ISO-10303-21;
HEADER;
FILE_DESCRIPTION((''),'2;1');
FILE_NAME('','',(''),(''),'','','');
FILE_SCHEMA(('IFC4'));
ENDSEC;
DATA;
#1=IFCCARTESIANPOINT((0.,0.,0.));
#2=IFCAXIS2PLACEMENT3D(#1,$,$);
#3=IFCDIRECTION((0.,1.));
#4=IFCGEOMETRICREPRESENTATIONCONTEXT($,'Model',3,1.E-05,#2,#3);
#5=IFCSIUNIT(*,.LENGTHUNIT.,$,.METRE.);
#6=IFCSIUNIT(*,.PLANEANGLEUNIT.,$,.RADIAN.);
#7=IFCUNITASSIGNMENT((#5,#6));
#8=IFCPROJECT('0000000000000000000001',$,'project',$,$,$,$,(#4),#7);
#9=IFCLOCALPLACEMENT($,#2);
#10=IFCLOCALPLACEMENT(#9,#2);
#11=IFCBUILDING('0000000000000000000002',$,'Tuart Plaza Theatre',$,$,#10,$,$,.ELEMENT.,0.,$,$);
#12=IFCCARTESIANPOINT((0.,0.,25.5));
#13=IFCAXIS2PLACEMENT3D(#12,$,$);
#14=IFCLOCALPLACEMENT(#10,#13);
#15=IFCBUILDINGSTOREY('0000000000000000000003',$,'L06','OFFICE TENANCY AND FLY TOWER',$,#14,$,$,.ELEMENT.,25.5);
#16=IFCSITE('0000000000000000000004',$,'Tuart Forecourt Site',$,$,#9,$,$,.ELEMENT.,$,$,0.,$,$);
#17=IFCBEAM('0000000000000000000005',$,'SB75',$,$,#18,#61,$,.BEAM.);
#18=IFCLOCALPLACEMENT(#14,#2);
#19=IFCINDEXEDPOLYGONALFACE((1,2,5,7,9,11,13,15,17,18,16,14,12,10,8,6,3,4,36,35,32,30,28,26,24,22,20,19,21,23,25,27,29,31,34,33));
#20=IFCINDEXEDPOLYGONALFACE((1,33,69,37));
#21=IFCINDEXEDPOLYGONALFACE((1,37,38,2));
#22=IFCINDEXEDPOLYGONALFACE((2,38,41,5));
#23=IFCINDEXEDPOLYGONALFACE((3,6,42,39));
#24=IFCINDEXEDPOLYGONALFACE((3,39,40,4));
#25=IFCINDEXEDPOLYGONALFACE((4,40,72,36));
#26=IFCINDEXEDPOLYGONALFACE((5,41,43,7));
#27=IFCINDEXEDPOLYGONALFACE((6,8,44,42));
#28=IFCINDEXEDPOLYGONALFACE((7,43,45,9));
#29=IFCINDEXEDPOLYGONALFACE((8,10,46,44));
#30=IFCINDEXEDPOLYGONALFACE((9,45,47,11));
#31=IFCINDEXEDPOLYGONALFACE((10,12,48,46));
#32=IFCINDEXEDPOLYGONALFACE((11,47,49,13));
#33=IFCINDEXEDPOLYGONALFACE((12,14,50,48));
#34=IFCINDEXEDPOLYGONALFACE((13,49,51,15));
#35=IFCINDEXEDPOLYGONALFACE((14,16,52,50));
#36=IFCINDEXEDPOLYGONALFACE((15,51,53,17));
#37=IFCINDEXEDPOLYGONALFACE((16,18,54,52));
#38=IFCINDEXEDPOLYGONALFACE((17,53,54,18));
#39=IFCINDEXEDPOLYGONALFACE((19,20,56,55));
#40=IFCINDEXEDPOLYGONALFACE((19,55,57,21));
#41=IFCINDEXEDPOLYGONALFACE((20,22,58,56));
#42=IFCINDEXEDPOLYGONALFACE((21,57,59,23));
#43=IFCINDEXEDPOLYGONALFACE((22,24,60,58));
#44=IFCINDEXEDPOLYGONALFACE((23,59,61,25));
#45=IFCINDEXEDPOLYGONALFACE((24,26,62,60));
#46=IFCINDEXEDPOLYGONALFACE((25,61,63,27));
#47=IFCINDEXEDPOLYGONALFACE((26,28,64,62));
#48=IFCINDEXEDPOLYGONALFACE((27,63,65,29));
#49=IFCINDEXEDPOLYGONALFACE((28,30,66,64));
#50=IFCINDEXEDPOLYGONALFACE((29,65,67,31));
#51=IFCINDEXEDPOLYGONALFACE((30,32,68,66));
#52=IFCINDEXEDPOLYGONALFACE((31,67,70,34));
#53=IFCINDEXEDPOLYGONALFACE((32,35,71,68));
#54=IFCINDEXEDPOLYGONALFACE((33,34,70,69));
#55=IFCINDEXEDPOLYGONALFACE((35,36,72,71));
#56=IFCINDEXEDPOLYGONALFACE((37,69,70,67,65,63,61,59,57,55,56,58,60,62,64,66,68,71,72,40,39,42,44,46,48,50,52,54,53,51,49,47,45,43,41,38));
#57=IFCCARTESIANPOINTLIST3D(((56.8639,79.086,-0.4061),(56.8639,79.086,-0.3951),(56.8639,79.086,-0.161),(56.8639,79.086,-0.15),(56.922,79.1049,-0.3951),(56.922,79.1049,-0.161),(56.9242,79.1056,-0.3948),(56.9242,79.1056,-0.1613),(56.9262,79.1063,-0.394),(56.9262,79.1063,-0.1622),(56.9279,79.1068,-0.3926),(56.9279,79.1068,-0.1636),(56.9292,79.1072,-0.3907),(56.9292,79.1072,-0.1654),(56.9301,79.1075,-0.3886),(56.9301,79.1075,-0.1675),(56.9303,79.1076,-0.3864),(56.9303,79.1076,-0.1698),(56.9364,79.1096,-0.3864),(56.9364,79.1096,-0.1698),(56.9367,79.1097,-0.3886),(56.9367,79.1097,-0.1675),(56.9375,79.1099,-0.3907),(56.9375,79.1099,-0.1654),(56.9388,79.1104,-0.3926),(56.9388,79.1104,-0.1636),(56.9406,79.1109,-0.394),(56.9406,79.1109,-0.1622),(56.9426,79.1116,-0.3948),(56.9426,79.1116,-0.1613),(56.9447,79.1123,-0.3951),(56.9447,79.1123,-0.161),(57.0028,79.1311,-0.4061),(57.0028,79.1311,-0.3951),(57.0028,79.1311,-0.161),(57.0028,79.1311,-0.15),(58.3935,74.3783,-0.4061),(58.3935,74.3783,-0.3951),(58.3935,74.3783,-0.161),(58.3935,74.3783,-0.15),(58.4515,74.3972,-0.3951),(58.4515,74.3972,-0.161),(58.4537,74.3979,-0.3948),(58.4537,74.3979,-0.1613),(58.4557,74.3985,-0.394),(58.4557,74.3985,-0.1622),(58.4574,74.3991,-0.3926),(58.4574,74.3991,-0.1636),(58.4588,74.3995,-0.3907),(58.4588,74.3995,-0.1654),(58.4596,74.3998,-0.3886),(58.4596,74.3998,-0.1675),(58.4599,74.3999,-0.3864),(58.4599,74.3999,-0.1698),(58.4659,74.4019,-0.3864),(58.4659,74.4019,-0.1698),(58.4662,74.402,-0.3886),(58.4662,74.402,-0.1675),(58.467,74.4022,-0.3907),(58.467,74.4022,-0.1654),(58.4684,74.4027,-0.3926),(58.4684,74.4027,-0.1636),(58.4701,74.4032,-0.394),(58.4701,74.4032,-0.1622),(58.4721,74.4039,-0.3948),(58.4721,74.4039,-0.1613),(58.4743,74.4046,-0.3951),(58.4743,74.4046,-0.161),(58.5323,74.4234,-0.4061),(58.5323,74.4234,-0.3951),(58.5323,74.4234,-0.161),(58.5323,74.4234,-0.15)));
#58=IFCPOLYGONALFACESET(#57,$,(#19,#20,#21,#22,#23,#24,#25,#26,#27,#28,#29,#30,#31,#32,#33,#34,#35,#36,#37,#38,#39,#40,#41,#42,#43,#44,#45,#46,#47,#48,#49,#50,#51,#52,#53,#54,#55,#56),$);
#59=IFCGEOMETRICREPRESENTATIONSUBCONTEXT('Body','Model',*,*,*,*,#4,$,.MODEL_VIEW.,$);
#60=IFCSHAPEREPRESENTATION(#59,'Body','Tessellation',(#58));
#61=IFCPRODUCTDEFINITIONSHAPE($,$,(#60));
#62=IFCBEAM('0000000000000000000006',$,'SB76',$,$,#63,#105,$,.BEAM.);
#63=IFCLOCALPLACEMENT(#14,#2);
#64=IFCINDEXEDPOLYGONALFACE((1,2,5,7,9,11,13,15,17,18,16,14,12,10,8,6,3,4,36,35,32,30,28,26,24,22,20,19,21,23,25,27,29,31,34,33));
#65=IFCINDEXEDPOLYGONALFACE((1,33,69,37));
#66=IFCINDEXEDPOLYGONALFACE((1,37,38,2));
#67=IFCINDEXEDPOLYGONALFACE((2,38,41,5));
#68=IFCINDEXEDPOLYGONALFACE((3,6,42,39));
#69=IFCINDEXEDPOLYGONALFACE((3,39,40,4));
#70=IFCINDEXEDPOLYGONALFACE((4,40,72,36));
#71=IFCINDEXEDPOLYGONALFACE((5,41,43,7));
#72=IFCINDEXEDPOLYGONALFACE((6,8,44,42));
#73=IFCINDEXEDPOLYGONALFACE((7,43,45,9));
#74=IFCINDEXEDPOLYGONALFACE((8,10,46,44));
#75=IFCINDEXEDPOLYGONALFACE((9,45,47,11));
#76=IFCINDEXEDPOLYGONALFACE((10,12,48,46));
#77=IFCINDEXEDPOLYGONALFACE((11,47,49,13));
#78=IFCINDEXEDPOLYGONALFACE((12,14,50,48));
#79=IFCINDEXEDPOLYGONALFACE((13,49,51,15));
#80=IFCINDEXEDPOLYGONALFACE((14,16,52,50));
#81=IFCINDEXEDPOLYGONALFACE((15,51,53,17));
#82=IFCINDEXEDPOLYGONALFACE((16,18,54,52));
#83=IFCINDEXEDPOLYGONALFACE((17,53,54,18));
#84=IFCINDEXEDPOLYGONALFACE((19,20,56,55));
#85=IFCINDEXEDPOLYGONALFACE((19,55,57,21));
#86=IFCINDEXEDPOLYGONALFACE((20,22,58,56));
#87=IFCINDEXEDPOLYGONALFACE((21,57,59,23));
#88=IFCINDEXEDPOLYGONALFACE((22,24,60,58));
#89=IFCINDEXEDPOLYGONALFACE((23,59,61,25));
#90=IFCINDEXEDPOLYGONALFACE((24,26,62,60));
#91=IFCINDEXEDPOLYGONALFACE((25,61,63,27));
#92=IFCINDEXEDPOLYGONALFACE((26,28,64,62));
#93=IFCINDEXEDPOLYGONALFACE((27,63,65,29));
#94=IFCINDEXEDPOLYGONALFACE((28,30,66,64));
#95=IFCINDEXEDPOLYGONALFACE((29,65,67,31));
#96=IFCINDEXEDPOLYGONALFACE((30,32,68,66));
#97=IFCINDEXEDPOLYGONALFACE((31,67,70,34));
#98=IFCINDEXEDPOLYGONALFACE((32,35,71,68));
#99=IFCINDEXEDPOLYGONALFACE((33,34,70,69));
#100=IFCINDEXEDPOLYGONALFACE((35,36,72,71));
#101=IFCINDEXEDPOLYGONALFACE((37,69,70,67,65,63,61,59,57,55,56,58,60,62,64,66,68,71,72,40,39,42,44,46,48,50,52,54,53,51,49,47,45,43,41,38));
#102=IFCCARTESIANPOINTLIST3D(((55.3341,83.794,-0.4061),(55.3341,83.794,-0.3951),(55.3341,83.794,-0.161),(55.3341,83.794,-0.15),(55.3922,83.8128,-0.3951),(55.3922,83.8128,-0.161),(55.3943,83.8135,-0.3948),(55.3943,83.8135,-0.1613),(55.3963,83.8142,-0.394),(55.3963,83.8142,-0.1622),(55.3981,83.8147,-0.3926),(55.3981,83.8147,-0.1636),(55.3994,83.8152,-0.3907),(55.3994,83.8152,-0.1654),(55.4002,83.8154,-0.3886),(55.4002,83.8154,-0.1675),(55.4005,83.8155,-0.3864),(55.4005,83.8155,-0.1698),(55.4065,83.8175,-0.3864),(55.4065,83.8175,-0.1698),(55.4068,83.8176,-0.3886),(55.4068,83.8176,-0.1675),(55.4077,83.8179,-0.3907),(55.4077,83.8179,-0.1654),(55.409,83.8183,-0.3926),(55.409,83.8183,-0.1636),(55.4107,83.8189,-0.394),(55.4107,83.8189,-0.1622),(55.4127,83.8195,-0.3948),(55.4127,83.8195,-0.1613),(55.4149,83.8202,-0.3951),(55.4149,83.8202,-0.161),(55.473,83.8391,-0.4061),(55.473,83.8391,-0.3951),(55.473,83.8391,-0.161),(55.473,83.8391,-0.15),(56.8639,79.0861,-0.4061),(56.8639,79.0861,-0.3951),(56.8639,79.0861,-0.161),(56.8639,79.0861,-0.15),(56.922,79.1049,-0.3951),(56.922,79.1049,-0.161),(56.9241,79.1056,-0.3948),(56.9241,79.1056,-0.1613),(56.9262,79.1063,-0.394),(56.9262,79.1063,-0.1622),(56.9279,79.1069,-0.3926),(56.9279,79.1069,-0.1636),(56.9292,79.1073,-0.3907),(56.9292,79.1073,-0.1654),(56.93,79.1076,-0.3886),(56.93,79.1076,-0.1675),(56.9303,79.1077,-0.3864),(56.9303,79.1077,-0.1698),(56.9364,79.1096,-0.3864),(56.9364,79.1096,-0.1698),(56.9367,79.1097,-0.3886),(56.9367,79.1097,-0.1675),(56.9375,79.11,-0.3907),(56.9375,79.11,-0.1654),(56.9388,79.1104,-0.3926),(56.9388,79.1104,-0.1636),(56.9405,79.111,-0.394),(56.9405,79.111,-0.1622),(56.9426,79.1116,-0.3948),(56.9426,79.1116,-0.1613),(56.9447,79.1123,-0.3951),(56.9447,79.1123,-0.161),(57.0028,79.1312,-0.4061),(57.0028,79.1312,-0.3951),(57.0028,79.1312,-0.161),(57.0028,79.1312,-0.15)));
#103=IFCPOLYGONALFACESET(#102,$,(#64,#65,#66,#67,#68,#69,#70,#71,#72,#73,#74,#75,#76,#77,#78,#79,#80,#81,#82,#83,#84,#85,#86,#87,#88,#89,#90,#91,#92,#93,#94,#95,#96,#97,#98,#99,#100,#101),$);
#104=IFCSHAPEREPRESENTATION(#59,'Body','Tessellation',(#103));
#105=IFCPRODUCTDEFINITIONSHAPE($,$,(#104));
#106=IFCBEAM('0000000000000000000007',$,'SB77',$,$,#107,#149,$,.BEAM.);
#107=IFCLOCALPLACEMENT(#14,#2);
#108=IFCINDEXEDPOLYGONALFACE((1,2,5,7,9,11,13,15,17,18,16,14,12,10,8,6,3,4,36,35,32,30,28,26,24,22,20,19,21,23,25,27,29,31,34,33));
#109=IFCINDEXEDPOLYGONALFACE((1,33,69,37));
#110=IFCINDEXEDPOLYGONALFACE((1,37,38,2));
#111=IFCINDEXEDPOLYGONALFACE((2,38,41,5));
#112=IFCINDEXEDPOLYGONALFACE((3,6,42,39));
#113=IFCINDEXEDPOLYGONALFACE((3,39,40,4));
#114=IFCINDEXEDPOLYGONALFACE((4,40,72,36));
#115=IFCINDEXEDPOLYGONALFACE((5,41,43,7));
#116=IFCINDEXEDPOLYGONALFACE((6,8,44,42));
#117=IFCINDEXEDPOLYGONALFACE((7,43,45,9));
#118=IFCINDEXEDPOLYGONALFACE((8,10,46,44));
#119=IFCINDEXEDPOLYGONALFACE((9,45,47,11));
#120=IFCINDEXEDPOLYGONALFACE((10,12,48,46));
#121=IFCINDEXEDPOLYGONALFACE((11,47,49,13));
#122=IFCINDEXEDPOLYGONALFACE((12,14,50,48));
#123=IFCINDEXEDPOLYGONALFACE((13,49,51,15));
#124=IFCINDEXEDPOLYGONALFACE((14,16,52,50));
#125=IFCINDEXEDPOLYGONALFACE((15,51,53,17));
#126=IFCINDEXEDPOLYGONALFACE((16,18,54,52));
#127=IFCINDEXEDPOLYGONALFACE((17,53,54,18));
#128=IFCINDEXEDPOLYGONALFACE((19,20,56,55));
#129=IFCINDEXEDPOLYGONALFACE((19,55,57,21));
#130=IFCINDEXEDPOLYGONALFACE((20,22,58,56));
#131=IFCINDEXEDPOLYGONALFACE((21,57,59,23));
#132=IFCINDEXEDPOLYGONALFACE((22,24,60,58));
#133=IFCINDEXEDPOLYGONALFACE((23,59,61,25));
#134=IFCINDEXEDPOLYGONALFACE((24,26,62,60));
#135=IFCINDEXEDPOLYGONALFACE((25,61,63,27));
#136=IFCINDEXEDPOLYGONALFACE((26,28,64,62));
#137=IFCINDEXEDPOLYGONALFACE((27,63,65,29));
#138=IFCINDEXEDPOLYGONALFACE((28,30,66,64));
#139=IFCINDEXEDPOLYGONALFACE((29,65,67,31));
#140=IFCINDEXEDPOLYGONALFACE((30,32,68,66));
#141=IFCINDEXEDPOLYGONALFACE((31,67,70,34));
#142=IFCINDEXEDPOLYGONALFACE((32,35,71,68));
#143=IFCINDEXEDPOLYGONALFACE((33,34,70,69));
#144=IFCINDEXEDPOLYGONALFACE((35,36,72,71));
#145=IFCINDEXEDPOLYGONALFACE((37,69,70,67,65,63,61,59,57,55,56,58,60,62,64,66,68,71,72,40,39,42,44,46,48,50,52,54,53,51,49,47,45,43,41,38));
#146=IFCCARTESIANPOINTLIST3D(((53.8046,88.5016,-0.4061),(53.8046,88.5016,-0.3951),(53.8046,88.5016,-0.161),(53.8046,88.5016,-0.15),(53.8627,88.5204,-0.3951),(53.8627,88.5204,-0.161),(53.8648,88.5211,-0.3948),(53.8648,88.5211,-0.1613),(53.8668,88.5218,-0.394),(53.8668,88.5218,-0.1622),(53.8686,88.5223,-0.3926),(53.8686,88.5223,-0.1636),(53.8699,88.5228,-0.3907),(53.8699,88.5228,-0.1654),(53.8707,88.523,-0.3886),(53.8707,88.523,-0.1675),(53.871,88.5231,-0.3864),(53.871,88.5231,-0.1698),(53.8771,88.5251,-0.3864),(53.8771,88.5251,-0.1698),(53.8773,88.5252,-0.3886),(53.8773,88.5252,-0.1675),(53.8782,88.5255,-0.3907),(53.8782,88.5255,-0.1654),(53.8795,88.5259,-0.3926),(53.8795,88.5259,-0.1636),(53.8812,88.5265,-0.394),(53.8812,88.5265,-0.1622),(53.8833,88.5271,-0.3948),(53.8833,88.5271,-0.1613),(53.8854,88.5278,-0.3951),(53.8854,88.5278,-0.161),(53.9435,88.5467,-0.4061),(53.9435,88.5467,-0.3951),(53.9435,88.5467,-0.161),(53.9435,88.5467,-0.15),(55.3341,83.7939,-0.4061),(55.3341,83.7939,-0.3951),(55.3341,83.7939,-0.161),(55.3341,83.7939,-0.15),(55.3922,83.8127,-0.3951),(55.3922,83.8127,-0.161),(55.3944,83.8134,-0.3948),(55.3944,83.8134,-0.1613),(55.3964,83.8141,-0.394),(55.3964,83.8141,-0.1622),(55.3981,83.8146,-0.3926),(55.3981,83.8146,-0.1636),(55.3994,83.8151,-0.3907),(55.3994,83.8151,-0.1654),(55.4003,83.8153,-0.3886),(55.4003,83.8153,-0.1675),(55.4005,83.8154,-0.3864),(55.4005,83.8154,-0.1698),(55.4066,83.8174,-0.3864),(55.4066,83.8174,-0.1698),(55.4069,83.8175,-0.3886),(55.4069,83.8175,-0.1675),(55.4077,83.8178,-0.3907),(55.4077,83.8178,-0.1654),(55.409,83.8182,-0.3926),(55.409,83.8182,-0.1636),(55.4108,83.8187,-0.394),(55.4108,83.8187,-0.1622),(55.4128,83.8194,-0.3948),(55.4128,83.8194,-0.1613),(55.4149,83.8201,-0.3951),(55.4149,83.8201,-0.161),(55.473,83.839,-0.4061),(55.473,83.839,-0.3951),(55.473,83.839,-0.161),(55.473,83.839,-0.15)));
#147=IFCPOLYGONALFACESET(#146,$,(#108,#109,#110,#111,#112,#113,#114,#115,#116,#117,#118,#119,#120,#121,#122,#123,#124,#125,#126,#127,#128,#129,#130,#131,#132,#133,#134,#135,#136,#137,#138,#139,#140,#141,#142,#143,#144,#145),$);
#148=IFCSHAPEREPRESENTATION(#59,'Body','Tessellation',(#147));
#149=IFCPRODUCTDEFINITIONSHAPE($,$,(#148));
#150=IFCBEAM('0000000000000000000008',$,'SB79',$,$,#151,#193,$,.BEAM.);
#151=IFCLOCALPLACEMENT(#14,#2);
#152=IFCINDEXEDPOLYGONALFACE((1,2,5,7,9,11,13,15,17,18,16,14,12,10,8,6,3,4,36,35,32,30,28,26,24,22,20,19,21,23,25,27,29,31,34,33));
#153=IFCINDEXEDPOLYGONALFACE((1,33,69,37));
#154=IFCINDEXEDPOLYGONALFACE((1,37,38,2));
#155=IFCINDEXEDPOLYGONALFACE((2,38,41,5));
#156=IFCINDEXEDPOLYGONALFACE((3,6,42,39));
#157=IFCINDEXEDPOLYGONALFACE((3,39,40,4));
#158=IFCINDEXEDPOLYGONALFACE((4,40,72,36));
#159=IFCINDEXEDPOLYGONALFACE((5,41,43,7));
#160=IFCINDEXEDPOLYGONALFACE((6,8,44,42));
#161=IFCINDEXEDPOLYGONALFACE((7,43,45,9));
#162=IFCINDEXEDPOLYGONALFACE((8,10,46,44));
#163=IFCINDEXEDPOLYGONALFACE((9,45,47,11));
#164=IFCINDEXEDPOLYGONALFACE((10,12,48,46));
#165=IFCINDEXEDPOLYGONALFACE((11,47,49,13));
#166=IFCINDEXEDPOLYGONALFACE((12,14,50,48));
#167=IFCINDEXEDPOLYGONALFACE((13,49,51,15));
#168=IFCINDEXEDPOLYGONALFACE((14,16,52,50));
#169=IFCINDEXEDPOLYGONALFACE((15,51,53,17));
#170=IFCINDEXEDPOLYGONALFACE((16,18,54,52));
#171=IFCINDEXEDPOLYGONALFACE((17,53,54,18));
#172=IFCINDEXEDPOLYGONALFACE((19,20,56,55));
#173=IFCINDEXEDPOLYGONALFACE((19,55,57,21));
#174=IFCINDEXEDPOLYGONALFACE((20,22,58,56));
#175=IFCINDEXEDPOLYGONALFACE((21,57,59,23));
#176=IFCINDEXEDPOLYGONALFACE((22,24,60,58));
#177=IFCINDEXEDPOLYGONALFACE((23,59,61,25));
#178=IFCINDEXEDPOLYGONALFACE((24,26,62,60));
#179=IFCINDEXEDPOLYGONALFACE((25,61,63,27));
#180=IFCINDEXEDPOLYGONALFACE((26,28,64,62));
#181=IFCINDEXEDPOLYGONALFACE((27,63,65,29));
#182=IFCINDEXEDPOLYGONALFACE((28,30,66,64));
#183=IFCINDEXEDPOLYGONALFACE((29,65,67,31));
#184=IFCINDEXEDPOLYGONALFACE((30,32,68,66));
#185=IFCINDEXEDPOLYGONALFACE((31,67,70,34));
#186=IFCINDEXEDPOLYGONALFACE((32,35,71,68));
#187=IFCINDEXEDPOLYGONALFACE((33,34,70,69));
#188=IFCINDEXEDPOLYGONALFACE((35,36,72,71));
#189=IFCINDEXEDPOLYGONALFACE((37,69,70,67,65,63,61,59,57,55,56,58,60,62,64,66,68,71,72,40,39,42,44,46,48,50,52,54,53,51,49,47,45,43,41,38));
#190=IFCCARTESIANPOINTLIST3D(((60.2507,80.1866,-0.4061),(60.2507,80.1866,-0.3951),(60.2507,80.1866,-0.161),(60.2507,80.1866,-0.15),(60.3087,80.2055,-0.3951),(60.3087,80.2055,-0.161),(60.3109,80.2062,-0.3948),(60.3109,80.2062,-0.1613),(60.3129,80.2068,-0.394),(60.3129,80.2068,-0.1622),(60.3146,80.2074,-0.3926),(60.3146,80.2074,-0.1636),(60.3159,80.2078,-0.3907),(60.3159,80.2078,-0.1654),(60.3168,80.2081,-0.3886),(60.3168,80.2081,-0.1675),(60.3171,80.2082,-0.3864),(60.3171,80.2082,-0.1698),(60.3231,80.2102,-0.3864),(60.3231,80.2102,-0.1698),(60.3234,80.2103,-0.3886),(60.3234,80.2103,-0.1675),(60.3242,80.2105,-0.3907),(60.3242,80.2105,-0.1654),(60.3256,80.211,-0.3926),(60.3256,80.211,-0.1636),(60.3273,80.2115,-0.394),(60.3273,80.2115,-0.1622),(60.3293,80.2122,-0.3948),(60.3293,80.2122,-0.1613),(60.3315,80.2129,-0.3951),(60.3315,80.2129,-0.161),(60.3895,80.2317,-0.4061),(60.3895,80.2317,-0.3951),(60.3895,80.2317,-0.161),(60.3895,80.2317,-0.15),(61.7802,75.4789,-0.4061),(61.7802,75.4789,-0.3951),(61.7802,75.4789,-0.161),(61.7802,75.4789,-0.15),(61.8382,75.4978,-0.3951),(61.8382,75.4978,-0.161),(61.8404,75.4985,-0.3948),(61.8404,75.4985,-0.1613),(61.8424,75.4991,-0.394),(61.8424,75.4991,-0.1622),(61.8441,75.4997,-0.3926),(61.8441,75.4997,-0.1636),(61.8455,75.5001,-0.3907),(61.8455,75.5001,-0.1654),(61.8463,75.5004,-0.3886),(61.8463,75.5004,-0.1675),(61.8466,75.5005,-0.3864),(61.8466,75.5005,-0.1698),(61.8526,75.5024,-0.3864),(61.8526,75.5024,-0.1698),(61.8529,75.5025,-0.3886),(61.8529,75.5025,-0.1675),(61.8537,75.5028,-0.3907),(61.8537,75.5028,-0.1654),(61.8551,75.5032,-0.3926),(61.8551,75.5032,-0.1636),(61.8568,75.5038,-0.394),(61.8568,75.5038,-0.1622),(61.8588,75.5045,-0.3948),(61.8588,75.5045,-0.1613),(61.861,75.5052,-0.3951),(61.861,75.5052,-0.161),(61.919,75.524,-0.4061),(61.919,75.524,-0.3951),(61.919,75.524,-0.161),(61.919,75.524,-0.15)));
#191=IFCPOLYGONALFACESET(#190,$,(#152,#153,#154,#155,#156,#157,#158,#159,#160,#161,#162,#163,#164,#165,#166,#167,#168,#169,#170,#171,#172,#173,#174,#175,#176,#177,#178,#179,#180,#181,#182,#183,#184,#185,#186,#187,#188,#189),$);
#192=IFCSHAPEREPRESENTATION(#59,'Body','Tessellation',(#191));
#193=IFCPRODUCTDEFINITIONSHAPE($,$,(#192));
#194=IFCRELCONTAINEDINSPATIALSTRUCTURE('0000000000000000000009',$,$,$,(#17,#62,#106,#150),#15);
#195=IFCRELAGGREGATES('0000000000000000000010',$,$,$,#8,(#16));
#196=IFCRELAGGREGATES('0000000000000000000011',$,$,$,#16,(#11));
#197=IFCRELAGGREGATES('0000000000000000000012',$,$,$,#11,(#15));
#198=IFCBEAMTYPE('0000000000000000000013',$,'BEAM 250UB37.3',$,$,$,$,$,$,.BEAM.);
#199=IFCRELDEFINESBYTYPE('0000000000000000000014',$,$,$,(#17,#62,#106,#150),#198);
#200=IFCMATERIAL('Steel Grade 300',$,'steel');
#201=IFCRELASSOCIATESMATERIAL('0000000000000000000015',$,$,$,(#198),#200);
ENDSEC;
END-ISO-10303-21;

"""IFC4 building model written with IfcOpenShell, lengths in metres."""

from ifc_helpers import new_model, si_unit, direction, frame, origin, origin_2d, place, context, subcontext, project, spatial, i_section, extrude, material, material_profile, profile_set, type_object, element, save


model = new_model("IFC4")

# Units and contexts
model_context = context("Model", 3, precision=1e-05, world=origin(), true_north=direction((0.0, 1.0)))
body_context = subcontext(model_context, "Body", "Model", "MODEL_VIEW")
ifc_project = project(units=[si_unit("LENGTHUNIT", "METRE"), si_unit("PLANEANGLEUNIT", "RADIAN")], contexts=[model_context])

# Site, building, storey
site_placement = place(None, origin())
site = spatial("IfcSite", under=ifc_project, at=site_placement, Name="Tuart Forecourt Site", CompositionType="ELEMENT", RefElevation=0.0)
building_placement = place(site_placement, origin())
building = spatial("IfcBuilding", under=site, at=building_placement, Name="Tuart Plaza Theatre", CompositionType="ELEMENT", ElevationOfRefHeight=0.0)
storey_placement = place(building_placement, frame((0.0, 0.0, 25.5)))
storey = spatial("IfcBuildingStorey", under=building, at=storey_placement, Name="L06", Description="OFFICE TENANCY AND FLY TOWER", CompositionType="ELEMENT", Elevation=25.5)

# Beams
ifc_material_1 = material(Name="Steel Grade 300", Category="steel")
ifc_material_profile_1 = material_profile(ifc_material_1, i_section(OverallWidth=0.146, OverallDepth=0.2561, WebThickness=0.0063, FlangeThickness=0.011, FilletRadius=0.0088, at=origin_2d()), Name="250UB37.3")
ifc_profile_set_1 = profile_set([ifc_material_profile_1], Name="Steel Grade 300")
beam_type = type_object("IfcBeamType", Name="BEAM 250UB37.3", PredefinedType="BEAM", material=ifc_profile_set_1)
beam_1_placement = place(storey_placement, frame((58.4629, 74.4009, -0.2781), z_axis=(-0.308998, 0.951063, 0.0), x_axis=(-0.951063, -0.308998, 0.0)))
element("IfcBeam", 1, at=beam_1_placement, inside=storey, type_object=beam_type, Name="SB75", PredefinedType="BEAM", context=body_context, shape_type="SweptSolid", body=[
    extrude(i_section(OverallWidth=0.146, OverallDepth=0.2561, WebThickness=0.0063, FlangeThickness=0.011, FilletRadius=0.0088, at=origin_2d()), origin(), (0.0, 0.0, 1.0), 4.95),
])
beam_2_placement = place(storey_placement, frame((56.9333, 79.1086, -0.2781), z_axis=(-0.309043, 0.951048, 0.0), x_axis=(-0.951048, -0.309043, 0.0)))
element("IfcBeam", 2, at=beam_2_placement, inside=storey, type_object=beam_type, Name="SB76", PredefinedType="BEAM", context=body_context, shape_type="SweptSolid", body=[
    extrude(i_section(OverallWidth=0.146, OverallDepth=0.2561, WebThickness=0.0063, FlangeThickness=0.011, FilletRadius=0.0088, at=origin_2d()), origin(), (0.0, 0.0, 1.0), 4.9502),
])
for number, where, z_axis, x_axis, name in (
    (3, (55.4036, 83.8164, -0.2781), (-0.308998, 0.951063, 0.0), (-0.951063, -0.308998, 0.0), "SB77"),
    (4, (61.8496, 75.5015, -0.2781), (-0.308998, 0.951063, 0.0), (-0.951063, -0.308998, 0.0), "SB79"),
):
    element("IfcBeam", number, at=place(storey_placement, frame(where, z_axis=z_axis, x_axis=x_axis)), inside=storey, type_object=beam_type, Name=name, PredefinedType="BEAM", context=body_context, shape_type="SweptSolid", body=[
        extrude(i_section(OverallWidth=0.146, OverallDepth=0.2561, WebThickness=0.0063, FlangeThickness=0.011, FilletRadius=0.0088, at=origin_2d()), origin(), (0.0, 0.0, 1.0), 4.95),
    ])

save(model, "model.ifc")
